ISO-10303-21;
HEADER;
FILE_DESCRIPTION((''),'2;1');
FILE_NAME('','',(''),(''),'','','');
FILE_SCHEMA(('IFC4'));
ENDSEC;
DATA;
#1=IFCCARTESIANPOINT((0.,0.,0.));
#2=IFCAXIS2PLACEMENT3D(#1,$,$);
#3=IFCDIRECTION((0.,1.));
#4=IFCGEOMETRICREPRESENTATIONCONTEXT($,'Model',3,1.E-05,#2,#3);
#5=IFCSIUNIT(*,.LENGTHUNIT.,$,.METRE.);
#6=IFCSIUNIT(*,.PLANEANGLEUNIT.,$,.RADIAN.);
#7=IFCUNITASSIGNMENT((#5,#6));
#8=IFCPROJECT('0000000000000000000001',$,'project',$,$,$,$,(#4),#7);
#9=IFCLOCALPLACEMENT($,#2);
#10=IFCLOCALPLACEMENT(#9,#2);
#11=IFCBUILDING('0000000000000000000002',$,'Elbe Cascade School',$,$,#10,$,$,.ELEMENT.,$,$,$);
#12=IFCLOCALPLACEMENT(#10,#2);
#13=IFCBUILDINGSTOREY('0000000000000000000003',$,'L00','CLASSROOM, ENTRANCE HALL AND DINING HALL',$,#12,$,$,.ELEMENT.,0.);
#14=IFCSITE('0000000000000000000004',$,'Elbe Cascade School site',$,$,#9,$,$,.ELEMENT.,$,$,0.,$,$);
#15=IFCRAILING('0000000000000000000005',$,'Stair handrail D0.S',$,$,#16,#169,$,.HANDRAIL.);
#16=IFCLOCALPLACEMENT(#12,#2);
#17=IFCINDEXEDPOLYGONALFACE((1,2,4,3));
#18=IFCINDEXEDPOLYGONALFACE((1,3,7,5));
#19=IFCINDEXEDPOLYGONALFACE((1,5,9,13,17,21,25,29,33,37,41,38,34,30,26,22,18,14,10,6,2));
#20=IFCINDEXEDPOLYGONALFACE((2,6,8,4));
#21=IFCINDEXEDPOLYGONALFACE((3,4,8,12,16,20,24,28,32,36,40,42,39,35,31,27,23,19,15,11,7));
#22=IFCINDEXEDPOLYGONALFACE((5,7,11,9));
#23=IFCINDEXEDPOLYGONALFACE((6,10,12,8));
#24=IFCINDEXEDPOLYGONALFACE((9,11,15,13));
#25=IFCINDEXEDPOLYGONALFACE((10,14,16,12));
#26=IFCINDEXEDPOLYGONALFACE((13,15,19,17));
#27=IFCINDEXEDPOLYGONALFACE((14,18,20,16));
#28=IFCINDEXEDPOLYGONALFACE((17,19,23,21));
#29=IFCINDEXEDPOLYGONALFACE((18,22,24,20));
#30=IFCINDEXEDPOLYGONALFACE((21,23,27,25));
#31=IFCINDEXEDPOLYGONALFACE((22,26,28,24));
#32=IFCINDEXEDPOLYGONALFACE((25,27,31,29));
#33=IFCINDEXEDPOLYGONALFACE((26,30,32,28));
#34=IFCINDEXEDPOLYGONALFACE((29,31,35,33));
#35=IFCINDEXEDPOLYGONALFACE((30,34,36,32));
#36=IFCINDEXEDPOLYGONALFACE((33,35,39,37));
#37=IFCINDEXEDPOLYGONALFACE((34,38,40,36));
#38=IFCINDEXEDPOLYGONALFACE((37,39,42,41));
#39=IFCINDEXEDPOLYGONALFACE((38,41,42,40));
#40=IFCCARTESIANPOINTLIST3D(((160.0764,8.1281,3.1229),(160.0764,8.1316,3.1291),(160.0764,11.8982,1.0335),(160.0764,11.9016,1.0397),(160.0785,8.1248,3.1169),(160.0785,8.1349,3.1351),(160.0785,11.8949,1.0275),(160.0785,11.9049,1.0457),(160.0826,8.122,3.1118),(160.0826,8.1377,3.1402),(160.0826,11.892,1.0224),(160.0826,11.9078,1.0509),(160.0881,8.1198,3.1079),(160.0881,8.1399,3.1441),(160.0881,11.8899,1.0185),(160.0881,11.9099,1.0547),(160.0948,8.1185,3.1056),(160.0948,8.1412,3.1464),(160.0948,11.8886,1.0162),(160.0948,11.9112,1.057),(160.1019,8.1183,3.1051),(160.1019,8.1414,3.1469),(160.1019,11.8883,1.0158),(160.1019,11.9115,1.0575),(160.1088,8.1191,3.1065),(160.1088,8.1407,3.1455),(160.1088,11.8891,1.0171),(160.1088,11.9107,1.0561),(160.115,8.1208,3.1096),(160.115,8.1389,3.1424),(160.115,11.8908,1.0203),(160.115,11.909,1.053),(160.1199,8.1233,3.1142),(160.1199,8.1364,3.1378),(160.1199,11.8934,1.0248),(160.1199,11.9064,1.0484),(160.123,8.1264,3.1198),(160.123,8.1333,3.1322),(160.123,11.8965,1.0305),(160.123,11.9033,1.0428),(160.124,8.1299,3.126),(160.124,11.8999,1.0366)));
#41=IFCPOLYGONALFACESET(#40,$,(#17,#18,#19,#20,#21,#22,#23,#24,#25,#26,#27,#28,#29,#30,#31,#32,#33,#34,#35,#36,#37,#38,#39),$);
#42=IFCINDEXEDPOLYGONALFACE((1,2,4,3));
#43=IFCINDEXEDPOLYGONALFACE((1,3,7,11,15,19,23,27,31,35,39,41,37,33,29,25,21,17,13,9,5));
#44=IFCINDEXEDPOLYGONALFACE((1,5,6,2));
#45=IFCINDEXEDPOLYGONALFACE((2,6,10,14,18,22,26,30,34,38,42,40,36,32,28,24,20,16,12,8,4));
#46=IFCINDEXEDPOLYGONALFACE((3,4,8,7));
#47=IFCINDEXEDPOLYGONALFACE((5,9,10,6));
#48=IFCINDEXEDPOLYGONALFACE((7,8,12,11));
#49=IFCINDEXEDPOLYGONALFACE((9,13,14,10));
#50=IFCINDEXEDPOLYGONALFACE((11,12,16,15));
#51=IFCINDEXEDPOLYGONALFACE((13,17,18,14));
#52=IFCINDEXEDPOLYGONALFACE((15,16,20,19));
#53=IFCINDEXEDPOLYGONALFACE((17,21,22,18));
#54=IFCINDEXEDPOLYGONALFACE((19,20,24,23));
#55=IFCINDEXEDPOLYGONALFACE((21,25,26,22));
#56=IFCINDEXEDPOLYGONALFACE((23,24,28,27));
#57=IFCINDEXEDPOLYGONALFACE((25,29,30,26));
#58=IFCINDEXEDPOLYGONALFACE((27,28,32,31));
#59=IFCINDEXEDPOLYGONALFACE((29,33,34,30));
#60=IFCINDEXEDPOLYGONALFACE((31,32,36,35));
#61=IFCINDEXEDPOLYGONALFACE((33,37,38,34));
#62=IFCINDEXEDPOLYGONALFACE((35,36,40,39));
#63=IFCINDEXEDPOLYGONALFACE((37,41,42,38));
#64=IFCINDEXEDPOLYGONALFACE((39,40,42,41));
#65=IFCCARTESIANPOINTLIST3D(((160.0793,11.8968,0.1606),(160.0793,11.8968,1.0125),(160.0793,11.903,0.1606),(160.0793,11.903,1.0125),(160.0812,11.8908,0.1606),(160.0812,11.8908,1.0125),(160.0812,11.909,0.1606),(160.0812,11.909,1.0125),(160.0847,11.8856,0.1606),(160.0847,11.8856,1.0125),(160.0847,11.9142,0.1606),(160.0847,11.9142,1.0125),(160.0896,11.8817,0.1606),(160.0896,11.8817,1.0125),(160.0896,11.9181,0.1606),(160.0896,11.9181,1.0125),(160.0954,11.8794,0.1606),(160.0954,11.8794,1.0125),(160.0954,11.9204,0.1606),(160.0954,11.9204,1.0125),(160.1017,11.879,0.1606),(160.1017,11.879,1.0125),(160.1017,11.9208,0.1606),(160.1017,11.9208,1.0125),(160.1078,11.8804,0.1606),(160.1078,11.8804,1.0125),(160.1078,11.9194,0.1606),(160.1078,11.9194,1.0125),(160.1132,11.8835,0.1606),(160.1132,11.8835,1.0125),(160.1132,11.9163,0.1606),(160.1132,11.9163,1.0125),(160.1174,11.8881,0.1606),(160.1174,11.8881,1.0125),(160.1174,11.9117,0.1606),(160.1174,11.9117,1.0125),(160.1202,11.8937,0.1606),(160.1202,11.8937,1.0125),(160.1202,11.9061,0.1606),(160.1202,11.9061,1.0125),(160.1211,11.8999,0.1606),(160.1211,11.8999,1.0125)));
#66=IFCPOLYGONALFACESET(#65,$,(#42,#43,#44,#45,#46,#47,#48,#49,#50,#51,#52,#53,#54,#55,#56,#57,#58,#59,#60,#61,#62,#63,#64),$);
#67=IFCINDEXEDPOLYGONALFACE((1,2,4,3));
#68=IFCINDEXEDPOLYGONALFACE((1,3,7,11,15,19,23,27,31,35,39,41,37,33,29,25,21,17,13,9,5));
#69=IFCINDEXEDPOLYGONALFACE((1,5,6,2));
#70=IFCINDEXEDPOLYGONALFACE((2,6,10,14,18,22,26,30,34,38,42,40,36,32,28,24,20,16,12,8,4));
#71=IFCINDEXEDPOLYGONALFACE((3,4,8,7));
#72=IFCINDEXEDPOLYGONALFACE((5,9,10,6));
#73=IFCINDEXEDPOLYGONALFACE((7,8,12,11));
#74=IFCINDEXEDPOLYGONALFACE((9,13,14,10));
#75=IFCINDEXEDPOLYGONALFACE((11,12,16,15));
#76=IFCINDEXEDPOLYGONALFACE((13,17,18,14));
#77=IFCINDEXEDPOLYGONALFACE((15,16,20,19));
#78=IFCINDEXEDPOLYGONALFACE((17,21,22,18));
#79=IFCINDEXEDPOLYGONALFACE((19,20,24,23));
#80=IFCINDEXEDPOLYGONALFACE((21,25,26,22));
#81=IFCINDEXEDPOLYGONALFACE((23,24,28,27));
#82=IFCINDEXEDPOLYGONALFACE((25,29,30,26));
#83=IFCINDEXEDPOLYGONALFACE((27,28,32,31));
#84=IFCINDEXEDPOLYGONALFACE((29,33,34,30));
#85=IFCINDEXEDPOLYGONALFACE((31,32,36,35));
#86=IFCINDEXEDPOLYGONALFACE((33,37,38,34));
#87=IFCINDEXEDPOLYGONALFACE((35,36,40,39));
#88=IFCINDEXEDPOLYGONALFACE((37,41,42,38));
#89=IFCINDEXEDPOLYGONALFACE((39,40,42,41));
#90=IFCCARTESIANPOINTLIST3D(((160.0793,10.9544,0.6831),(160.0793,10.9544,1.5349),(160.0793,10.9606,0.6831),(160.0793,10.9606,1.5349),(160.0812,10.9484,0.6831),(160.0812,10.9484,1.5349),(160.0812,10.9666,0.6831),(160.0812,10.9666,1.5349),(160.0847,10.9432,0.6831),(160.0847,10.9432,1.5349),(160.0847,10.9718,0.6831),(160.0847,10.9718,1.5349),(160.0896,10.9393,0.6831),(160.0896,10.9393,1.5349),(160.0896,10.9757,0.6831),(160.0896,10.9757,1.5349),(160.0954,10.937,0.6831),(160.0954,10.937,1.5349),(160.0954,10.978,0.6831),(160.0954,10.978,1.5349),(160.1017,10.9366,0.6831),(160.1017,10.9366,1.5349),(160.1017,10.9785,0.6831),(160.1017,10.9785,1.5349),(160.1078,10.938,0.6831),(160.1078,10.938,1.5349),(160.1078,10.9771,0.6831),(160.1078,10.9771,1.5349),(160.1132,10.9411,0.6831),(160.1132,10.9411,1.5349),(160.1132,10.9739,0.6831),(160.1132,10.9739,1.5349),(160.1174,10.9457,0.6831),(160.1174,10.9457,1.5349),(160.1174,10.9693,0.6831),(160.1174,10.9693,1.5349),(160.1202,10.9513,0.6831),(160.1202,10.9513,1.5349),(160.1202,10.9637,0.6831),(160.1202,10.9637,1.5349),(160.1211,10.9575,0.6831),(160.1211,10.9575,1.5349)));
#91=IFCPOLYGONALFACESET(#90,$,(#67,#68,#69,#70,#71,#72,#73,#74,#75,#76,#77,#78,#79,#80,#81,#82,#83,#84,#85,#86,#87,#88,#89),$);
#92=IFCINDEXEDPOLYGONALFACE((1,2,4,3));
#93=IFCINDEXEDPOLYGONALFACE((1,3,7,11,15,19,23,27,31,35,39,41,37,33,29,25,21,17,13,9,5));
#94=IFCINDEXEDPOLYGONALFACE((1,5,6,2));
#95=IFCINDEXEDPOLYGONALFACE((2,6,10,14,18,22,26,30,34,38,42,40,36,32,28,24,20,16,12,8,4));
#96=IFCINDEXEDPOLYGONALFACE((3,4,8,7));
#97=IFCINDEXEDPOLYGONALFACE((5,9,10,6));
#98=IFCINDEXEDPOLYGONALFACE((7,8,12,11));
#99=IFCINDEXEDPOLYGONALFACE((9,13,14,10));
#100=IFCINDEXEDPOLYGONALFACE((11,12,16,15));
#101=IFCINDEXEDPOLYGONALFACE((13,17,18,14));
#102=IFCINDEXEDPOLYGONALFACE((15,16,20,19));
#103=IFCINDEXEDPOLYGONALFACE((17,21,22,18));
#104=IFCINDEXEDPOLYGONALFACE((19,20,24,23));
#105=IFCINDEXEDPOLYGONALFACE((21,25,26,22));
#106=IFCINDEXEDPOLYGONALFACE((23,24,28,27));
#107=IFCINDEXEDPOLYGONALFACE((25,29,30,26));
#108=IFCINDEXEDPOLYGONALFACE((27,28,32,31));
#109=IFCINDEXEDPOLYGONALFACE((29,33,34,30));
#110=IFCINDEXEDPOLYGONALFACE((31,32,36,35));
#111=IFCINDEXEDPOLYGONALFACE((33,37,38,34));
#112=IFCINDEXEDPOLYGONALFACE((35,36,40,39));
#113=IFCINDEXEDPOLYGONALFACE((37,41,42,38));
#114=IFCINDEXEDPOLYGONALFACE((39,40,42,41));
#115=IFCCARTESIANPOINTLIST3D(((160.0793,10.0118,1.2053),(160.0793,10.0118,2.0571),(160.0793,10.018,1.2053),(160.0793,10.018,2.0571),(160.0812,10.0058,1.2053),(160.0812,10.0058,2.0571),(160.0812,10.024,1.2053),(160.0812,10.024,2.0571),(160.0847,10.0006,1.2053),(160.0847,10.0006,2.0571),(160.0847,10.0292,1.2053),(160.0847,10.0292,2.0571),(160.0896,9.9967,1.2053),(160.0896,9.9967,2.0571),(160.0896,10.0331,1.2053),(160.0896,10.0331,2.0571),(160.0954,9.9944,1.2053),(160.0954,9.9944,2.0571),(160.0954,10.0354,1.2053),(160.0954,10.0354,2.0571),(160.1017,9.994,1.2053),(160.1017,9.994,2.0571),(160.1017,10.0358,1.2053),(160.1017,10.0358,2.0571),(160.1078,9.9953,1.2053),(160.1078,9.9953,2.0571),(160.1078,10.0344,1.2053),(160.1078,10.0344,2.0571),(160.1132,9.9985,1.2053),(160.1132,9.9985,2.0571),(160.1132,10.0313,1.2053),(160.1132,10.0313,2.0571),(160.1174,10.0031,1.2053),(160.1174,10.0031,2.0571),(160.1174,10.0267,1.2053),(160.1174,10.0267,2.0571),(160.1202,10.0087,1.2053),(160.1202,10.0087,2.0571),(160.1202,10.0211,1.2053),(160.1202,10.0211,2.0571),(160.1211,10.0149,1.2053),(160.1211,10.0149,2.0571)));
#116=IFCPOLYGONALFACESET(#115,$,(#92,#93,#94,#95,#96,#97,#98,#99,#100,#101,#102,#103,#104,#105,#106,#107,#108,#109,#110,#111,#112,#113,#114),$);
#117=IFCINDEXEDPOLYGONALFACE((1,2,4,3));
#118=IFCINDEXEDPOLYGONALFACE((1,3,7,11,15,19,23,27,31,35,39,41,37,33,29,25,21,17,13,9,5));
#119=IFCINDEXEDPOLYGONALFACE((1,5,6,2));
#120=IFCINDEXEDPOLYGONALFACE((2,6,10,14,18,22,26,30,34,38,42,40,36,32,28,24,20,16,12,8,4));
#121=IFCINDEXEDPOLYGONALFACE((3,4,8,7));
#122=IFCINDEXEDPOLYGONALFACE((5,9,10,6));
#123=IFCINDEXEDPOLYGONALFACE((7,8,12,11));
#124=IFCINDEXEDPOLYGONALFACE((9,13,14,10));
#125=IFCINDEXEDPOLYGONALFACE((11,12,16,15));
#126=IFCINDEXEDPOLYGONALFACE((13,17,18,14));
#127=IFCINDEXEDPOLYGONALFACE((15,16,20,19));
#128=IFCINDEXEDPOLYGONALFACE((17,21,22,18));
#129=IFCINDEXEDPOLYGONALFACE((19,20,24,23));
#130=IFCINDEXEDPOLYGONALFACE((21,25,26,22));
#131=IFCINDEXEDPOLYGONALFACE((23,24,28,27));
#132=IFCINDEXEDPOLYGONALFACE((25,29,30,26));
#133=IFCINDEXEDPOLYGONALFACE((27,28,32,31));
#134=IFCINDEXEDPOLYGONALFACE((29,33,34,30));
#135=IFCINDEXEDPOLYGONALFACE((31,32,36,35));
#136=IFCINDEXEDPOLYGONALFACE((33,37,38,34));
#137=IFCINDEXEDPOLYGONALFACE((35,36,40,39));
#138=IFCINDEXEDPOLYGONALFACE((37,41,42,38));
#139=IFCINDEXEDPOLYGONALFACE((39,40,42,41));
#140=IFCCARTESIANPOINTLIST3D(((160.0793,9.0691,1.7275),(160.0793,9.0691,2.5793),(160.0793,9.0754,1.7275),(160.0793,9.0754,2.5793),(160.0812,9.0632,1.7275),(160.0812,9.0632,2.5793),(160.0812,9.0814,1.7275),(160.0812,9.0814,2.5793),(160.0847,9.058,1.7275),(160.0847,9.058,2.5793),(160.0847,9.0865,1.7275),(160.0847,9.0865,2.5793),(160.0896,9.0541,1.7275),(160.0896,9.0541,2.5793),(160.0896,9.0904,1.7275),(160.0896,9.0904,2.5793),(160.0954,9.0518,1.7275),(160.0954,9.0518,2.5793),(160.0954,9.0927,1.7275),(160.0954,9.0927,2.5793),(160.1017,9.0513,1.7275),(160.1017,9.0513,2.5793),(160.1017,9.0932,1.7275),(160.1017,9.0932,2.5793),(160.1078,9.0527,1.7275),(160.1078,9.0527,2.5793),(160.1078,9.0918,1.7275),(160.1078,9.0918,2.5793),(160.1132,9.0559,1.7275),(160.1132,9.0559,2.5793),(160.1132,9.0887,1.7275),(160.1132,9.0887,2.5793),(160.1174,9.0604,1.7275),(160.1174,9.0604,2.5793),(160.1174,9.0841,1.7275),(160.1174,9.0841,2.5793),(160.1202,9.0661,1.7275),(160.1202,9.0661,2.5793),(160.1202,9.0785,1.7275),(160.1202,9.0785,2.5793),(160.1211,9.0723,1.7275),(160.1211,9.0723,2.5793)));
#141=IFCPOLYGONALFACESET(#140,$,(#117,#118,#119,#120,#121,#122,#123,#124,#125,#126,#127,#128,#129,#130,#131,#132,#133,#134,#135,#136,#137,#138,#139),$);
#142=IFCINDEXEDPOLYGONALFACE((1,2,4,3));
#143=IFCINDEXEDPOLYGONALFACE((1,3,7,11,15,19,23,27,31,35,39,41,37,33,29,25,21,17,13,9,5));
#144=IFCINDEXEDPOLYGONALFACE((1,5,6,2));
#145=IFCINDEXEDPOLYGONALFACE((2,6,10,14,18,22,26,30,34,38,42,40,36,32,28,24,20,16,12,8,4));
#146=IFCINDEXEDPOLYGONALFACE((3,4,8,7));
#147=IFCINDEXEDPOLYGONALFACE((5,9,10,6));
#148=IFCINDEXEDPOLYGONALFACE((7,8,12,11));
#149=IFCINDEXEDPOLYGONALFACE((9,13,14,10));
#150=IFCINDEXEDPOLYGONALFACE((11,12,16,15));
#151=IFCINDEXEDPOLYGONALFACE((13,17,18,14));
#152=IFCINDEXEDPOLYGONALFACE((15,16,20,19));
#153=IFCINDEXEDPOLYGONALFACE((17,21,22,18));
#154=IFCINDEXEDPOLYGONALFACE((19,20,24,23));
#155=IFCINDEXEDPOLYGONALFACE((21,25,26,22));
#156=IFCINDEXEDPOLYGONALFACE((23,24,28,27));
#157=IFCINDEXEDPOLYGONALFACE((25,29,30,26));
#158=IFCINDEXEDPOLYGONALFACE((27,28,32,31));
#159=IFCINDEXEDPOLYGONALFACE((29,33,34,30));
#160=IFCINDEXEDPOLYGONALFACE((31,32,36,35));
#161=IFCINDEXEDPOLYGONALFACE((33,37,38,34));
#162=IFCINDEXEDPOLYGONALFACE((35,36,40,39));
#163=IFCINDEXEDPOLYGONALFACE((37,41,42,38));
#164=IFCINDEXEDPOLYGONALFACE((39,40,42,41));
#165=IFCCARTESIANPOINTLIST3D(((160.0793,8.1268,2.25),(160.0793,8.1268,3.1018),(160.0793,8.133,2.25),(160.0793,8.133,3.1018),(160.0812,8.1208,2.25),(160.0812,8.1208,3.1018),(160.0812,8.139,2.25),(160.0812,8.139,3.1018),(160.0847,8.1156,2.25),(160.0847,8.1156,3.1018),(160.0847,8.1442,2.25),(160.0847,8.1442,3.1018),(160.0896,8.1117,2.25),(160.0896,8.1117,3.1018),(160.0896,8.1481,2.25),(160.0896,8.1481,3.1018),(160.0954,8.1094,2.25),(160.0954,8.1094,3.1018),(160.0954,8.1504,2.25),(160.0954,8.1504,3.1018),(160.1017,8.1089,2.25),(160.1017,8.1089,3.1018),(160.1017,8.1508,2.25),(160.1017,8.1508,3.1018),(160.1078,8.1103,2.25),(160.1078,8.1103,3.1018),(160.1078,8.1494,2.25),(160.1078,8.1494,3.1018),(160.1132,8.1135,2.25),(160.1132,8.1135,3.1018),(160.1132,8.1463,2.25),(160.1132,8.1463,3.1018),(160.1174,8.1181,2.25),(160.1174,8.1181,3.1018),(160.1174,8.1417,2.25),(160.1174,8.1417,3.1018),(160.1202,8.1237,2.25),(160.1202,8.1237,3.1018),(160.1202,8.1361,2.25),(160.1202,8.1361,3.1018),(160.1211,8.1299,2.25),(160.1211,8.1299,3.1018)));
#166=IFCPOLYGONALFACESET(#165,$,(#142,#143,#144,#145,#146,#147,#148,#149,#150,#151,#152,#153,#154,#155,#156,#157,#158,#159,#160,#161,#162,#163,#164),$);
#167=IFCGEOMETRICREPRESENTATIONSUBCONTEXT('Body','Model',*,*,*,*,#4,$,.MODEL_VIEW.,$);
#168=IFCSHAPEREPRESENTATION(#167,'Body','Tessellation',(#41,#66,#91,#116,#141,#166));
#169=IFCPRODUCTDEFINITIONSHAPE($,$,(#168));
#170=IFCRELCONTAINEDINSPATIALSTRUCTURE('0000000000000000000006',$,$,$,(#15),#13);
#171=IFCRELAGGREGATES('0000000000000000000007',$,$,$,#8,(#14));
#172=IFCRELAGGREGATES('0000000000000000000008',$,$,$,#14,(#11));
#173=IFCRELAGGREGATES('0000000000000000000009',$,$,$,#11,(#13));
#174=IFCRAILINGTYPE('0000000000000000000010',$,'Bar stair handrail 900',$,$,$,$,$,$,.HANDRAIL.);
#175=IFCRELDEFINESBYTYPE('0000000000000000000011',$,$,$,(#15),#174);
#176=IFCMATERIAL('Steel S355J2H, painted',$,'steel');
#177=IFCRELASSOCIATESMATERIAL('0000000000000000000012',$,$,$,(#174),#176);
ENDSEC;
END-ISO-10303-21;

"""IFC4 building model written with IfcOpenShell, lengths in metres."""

from ifc_helpers import new_model, si_unit, direction, frame, origin, origin_2d, place, context, subcontext, project, spatial, circle, extrude, material, type_object, element, save


model = new_model("IFC4")

# Units and contexts
model_context = context("Model", 3, precision=1e-05, world=origin(), true_north=direction((0.0, 1.0)))
body_context = subcontext(model_context, "Body", "Model", "MODEL_VIEW")
ifc_project = project(units=[si_unit("LENGTHUNIT", "METRE"), si_unit("PLANEANGLEUNIT", "RADIAN")], contexts=[model_context])

# Site, building, storey
site_placement = place(None, origin())
site = spatial("IfcSite", under=ifc_project, at=site_placement, Name="Elbe Cascade School site", CompositionType="ELEMENT", RefElevation=0.0)
building_placement = place(site_placement, origin())
building = spatial("IfcBuilding", under=site, at=building_placement, Name="Elbe Cascade School", CompositionType="ELEMENT")
storey_placement = place(building_placement, origin())
storey = spatial("IfcBuildingStorey", under=building, at=storey_placement, Name="L00", Description="CLASSROOM, ENTRANCE HALL AND DINING HALL", CompositionType="ELEMENT", Elevation=0.0)

# Railing
ifc_material_1 = material(Name="Steel S355J2H, painted", Category="steel")
railing_type_1 = type_object("IfcRailingType", Name="Bar stair handrail 900", PredefinedType="HANDRAIL", material=ifc_material_1)
railing_1_placement = place(storey_placement, frame((160.1001, 11.8999, 0.1606)))
element("IfcRailing", 1, at=railing_1_placement, inside=storey, type_object=railing_type_1, Name="Stair handrail D0.S", PredefinedType="HANDRAIL", context=body_context, shape_type="SweptSolid", body=[
    extrude(circle(Radius=0.0239, at=origin_2d()), frame((0.0, 0.0, 0.876), z_axis=(0.0, -0.874659, 0.484739), x_axis=(1.0, 0.0, 0.0)), (0.0, 0.0, 1.0), 4.3103),
    extrude(circle(Radius=0.021, at=origin_2d()), origin(), (0.0, 0.0, 1.0), 0.8518),
    extrude(circle(Radius=0.021, at=origin_2d()), frame((0.0, -0.9424, 0.5225)), (0.0, 0.0, 1.0), 0.8518),
    extrude(circle(Radius=0.021, at=origin_2d()), frame((0.0, -1.885, 1.0447)), (0.0, 0.0, 1.0), 0.8518),
    extrude(circle(Radius=0.021, at=origin_2d()), frame((0.0, -2.8276, 1.5669)), (0.0, 0.0, 1.0), 0.8518),
    extrude(circle(Radius=0.021, at=origin_2d()), frame((0.0, -3.77, 2.0894)), (0.0, 0.0, 1.0), 0.8518),
])

save(model, "model.ifc")
